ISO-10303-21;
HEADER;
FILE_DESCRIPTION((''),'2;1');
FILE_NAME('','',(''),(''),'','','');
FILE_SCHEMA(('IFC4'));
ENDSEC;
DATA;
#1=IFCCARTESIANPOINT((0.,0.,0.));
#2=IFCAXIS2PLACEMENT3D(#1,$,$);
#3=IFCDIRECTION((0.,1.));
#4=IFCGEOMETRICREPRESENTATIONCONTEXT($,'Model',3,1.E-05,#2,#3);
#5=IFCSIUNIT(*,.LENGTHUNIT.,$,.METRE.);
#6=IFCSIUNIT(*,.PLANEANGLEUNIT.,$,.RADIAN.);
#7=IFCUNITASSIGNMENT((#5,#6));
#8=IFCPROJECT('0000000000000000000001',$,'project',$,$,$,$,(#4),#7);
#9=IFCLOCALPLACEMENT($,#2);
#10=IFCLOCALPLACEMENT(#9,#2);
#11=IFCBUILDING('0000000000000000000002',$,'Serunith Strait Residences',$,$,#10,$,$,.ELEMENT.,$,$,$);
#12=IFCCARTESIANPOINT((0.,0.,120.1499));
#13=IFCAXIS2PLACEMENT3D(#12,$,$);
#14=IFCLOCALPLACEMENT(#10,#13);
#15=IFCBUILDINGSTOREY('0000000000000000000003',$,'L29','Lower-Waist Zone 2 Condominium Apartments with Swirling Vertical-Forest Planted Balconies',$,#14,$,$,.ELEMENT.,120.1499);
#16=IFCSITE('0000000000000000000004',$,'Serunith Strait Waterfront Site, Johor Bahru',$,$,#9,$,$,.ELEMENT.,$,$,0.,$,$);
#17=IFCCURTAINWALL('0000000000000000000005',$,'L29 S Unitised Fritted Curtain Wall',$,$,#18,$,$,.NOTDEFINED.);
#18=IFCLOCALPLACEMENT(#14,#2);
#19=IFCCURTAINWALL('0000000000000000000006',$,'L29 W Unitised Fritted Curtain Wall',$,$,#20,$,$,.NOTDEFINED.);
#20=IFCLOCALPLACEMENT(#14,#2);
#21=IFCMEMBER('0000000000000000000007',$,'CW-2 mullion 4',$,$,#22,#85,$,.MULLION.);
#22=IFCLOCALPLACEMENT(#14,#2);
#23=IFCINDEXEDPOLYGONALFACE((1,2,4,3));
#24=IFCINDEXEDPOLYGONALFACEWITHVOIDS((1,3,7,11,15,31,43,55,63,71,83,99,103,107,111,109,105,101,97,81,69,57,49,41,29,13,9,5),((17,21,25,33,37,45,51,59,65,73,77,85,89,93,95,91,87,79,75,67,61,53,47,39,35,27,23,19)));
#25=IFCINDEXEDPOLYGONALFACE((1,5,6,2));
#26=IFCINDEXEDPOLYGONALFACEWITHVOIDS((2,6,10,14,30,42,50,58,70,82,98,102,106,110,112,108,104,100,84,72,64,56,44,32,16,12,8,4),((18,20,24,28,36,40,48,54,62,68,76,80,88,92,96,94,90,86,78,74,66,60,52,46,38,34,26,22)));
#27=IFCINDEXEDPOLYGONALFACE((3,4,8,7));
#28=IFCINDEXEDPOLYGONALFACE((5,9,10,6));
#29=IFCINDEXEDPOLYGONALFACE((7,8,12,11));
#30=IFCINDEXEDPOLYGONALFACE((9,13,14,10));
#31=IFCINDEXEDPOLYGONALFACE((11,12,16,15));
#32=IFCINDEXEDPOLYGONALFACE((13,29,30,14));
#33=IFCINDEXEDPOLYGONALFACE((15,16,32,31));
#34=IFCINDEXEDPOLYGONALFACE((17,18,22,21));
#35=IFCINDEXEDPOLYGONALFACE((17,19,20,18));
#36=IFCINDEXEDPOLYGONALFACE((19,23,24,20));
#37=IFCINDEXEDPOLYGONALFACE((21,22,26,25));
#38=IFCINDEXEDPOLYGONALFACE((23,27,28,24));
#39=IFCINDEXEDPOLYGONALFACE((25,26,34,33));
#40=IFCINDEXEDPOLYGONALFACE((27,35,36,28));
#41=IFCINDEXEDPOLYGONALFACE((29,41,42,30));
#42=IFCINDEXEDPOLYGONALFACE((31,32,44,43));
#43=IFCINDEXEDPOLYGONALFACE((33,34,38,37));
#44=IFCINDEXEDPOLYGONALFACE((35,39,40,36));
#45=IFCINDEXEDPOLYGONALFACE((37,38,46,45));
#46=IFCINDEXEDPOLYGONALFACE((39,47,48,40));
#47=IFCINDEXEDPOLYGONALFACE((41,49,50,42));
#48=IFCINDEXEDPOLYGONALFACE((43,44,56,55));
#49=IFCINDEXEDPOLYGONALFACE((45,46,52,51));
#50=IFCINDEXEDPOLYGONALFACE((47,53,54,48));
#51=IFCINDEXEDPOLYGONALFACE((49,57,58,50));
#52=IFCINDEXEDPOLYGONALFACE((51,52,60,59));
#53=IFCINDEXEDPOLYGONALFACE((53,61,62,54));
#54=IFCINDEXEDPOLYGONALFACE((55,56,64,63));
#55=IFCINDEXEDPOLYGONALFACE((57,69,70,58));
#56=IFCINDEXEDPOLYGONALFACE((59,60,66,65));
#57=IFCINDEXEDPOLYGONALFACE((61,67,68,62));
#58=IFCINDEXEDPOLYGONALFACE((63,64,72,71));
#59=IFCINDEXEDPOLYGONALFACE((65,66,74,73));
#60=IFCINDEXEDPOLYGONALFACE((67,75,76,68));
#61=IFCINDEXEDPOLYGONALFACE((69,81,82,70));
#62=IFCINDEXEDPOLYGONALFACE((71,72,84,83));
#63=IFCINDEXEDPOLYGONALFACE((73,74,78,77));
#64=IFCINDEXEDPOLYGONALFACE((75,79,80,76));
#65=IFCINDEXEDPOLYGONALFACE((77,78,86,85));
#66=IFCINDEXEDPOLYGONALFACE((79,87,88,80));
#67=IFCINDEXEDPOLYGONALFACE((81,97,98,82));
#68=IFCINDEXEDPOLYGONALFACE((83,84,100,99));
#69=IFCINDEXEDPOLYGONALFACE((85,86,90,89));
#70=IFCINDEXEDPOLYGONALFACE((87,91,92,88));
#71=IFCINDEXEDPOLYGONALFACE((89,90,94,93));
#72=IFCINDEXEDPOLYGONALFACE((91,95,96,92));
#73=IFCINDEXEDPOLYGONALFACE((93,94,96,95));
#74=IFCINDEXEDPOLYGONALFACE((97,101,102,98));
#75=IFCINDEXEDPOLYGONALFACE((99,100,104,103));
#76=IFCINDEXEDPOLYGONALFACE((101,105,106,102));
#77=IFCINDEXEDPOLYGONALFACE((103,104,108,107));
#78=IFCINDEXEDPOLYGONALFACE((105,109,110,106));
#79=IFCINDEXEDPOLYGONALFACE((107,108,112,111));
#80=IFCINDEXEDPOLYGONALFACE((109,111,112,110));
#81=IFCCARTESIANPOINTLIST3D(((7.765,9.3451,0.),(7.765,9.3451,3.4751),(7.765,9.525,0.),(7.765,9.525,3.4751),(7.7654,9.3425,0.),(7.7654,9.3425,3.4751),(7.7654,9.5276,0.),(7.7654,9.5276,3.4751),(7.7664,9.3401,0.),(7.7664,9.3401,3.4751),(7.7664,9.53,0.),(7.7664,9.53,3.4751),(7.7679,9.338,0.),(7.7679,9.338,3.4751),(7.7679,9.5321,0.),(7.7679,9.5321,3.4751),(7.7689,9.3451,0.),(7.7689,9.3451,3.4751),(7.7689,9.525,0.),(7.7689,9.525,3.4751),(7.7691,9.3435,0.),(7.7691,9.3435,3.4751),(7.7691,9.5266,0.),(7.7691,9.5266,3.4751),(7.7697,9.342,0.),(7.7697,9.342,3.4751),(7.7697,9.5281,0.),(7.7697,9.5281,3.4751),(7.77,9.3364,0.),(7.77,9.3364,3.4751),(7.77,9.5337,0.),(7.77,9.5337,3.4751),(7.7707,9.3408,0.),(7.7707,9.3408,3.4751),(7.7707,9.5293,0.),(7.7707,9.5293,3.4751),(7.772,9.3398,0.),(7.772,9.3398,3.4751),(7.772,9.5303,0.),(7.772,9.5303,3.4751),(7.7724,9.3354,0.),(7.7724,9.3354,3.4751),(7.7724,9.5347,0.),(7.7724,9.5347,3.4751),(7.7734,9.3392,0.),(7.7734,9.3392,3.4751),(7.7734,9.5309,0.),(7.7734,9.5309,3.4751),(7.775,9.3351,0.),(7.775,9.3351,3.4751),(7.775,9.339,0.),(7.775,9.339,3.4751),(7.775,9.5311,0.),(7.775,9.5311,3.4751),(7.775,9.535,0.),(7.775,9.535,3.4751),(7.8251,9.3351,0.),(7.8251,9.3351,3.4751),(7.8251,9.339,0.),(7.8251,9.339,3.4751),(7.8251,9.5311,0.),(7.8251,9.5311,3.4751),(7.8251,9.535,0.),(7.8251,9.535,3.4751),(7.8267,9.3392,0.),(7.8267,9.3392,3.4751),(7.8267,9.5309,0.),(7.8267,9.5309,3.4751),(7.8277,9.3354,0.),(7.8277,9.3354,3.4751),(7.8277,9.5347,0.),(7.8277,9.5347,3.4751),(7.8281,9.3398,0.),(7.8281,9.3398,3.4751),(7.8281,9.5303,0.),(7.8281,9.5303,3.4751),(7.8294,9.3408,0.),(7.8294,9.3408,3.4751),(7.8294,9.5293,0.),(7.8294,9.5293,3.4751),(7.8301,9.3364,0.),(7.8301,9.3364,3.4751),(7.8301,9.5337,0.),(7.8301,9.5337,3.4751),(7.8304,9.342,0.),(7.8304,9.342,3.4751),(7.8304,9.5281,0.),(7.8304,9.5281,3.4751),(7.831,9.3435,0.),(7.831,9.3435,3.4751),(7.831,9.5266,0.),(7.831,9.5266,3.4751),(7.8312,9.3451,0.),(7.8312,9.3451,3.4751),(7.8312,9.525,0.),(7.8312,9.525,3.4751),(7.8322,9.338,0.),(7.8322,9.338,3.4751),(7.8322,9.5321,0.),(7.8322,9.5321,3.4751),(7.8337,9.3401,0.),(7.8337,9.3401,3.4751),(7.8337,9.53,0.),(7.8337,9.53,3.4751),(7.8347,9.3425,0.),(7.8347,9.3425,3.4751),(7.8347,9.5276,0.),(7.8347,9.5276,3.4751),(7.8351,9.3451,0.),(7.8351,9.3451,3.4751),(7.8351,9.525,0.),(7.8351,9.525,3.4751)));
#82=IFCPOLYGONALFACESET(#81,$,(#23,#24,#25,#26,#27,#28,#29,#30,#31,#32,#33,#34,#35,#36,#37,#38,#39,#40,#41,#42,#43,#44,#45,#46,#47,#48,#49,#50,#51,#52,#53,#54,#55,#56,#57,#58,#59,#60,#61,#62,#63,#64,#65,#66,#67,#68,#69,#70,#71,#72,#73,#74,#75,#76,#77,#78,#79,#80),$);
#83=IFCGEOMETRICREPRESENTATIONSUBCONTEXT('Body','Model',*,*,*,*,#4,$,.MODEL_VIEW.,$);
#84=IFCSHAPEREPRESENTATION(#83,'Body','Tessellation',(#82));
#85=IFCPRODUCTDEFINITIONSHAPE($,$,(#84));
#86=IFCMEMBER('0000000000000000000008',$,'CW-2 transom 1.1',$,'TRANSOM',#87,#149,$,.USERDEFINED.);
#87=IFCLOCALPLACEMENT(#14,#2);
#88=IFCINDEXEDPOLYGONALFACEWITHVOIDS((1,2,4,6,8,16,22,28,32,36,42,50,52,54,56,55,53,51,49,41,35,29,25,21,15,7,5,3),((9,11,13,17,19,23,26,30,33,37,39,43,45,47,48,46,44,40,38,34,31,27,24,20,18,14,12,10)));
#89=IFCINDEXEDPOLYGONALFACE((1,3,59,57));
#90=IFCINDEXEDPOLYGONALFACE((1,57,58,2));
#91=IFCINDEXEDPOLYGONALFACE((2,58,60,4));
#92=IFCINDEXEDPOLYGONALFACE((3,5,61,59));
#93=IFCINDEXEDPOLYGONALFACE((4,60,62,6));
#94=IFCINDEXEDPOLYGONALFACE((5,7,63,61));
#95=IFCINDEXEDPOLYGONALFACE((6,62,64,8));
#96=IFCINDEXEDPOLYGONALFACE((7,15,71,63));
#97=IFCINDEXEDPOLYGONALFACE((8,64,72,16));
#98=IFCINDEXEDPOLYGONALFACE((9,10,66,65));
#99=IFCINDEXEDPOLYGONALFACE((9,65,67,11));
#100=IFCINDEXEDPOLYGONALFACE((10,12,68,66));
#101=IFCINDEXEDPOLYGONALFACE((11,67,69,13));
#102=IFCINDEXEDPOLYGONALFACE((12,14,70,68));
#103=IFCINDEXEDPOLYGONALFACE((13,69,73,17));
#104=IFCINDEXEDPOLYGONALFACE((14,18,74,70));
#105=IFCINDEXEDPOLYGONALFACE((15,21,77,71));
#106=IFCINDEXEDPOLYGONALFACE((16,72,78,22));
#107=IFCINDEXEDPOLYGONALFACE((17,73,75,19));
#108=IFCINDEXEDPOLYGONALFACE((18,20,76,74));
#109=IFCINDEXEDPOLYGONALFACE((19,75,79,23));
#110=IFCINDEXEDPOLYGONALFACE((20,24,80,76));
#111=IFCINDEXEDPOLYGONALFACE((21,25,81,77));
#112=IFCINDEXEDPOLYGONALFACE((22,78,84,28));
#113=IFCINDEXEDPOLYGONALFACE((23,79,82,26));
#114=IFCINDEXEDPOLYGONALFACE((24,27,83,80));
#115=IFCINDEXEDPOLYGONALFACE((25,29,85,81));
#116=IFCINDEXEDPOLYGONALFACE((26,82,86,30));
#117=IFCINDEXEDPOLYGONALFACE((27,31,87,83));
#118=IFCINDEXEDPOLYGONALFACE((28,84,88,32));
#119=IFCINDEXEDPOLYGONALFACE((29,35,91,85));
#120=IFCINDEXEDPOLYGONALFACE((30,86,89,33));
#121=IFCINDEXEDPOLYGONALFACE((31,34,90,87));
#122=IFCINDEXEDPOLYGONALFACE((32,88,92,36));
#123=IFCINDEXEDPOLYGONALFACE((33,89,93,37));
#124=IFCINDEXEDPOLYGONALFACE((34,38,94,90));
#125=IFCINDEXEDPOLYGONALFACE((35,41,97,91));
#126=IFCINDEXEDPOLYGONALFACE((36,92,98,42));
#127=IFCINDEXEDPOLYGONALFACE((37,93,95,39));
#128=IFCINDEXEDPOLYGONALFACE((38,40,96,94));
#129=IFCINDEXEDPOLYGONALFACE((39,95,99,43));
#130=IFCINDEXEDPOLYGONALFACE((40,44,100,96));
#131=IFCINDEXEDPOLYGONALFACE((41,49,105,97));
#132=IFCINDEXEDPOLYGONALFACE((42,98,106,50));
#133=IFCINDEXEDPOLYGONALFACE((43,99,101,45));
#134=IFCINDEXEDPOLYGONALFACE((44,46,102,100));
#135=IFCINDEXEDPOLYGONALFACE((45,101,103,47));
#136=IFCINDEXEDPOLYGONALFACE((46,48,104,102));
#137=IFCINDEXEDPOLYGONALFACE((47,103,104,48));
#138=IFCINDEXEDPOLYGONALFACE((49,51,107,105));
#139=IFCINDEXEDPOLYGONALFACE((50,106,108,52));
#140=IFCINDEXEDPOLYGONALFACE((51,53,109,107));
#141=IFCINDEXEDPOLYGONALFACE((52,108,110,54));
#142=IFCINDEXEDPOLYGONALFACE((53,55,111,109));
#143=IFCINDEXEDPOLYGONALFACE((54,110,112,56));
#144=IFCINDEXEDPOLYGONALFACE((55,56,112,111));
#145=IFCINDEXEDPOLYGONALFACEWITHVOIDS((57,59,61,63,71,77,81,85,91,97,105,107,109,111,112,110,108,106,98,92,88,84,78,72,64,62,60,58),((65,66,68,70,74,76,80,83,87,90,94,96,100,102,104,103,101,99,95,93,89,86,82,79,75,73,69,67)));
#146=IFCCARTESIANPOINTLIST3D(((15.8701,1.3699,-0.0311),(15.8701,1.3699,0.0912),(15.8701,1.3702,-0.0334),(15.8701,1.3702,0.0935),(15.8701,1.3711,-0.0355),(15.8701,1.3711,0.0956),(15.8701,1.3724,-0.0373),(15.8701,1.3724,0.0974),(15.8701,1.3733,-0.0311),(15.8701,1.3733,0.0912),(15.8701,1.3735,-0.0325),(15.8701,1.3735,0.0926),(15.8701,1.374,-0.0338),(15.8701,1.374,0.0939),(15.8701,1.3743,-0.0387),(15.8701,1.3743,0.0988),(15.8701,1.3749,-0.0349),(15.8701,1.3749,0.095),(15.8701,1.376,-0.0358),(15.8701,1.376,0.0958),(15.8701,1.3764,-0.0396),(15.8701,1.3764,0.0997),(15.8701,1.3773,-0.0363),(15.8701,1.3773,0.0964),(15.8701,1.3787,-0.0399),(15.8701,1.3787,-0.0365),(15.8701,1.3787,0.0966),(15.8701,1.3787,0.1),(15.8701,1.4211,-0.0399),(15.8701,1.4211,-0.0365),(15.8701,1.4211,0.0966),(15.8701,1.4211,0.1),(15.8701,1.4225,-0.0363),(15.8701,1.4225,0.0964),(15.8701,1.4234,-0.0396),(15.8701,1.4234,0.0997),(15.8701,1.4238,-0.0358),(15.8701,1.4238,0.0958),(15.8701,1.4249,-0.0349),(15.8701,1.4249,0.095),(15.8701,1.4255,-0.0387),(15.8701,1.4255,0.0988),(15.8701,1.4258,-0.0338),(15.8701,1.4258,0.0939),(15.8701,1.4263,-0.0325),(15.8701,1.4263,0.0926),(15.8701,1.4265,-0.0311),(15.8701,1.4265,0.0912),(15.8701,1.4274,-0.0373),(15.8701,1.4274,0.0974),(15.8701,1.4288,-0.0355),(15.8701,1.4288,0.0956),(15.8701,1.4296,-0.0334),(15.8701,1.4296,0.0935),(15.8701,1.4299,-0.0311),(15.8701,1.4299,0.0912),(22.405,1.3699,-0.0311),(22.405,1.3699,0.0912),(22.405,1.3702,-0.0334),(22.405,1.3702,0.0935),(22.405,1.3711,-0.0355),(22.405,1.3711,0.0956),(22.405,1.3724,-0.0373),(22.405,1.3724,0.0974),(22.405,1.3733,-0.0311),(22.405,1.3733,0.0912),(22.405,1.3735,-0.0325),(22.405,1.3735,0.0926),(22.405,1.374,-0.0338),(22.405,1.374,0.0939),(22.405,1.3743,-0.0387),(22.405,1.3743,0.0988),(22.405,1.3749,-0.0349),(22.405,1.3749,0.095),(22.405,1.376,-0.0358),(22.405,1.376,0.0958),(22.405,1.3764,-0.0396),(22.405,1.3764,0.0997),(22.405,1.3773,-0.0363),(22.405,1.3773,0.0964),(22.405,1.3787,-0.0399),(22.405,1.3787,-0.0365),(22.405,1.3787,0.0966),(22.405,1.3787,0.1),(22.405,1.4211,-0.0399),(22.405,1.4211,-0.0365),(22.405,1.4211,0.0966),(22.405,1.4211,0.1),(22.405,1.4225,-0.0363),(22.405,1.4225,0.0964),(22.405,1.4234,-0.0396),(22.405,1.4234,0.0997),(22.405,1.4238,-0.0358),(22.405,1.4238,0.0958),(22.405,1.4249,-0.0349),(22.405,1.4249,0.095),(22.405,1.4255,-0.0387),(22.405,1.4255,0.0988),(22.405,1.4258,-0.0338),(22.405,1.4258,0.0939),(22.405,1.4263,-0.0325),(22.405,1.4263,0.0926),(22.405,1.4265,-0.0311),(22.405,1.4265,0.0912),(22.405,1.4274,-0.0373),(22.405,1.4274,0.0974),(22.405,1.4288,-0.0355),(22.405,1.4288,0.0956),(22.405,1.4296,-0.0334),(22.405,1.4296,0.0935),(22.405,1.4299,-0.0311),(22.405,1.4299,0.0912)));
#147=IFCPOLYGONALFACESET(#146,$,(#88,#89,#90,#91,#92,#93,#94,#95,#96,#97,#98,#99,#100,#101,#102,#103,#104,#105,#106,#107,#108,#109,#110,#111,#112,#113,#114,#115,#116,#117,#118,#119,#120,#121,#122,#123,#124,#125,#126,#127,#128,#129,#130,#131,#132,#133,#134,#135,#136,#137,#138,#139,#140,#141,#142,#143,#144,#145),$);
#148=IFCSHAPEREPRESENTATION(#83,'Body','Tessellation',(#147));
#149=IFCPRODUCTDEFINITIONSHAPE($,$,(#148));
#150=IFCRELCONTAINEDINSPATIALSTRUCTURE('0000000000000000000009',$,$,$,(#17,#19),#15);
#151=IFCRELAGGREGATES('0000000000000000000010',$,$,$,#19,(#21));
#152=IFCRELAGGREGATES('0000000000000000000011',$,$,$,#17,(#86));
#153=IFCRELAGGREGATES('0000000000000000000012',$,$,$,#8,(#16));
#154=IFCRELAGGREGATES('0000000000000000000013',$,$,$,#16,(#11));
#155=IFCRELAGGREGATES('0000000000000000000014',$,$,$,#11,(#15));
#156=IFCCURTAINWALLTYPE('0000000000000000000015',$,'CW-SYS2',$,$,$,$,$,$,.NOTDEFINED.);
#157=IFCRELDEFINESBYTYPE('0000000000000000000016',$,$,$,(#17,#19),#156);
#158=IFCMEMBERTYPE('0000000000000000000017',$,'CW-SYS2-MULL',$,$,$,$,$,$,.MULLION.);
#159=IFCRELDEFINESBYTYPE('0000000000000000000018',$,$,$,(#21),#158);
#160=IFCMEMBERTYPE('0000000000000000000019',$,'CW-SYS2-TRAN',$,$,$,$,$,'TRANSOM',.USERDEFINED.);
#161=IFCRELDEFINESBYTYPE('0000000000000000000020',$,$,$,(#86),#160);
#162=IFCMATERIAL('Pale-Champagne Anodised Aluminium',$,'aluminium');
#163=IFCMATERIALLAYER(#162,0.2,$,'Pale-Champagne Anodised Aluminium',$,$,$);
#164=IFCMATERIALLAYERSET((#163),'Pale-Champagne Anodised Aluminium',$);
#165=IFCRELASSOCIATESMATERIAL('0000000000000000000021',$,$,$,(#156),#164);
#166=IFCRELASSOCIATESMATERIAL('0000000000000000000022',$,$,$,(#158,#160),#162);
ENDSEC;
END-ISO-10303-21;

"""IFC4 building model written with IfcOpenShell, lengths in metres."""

from ifc_helpers import new_model, si_unit, direction, frame, origin, origin_2d, place, context, subcontext, project, spatial, hollow_rectangle, extrude, source, transform, mapped, material, layer, layer_set, material_profile, profile_set, type_object, element, aggregate, save


model = new_model("IFC4")

# Units and contexts
model_context = context("Model", 3, precision=1e-05, world=origin(), true_north=direction((0.0, 1.0)))
body_context = subcontext(model_context, "Body", "Model", "MODEL_VIEW")
ifc_project = project(units=[si_unit("LENGTHUNIT", "METRE"), si_unit("PLANEANGLEUNIT", "RADIAN")], contexts=[model_context])

# Site, building, storey
site_placement = place(None, origin())
site = spatial("IfcSite", under=ifc_project, at=site_placement, Name="Serunith Strait Waterfront Site, Johor Bahru", CompositionType="ELEMENT", RefElevation=0.0)
building_placement = place(site_placement, origin())
building = spatial("IfcBuilding", under=site, at=building_placement, Name="Serunith Strait Residences", CompositionType="ELEMENT")
storey_placement = place(building_placement, frame((0.0, 0.0, 120.1499)))
storey = spatial("IfcBuildingStorey", under=building, at=storey_placement, Name="L29", Description="Lower-Waist Zone 2 Condominium Apartments with Swirling Vertical-Forest Planted Balconies", CompositionType="ELEMENT", Elevation=120.1499)

# Curtain walls, member
ifc_material_1 = material(Name="Pale-Champagne Anodised Aluminium", Category="aluminium")
ifc_layer_1 = layer(ifc_material_1, 0.2, Name="Pale-Champagne Anodised Aluminium")
ifc_layer_set_1 = layer_set([ifc_layer_1], Name="Pale-Champagne Anodised Aluminium")
curtain_wall_type = type_object("IfcCurtainWallType", Name="CW-SYS2", PredefinedType="NOTDEFINED", material=ifc_layer_set_1)
curtain_wall_1_placement = place(storey_placement, origin())
curtain_wall_1 = element("IfcCurtainWall", 1, at=curtain_wall_1_placement, inside=storey, type_object=curtain_wall_type, Name="L29 S Unitised Fritted Curtain Wall", PredefinedType="NOTDEFINED")
ifc_material_profile_1 = material_profile(ifc_material_1, hollow_rectangle(XDim=0.0701, YDim=0.2, WallThickness=0.0039, InnerFilletRadius=0.0061, OuterFilletRadius=0.01, at=origin_2d()), Name="ALU 200x70x4")
ifc_profile_set_1 = profile_set([ifc_material_profile_1], Name="Pale-Champagne Anodised Aluminium")
member_type_1 = type_object("IfcMemberType", Name="CW-SYS2-MULL", PredefinedType="MULLION", material=ifc_profile_set_1)
shared_shape_1 = source(origin(), body_context, "Body", "SweptSolid", [
    extrude(hollow_rectangle(XDim=0.0701, YDim=0.2, WallThickness=0.0039, InnerFilletRadius=0.0061, OuterFilletRadius=0.01, at=origin_2d()), origin(), (0.0, 0.0, 1.0), 3.4751),
])
curtain_wall_2_placement = place(storey_placement, origin())
curtain_wall_2 = element("IfcCurtainWall", 2, at=curtain_wall_2_placement, inside=storey, type_object=curtain_wall_type, Name="L29 W Unitised Fritted Curtain Wall", PredefinedType="NOTDEFINED")
member_1_placement = place(storey_placement, frame((7.8, 9.4351, 0.0), z_axis=(0.0, 0.0, 1.0), x_axis=(1.0, 0.0, 0.0)))
member_1 = element("IfcMember", 3, at=member_1_placement, type_object=member_type_1, Name="CW-2 mullion 4", PredefinedType="MULLION", context=body_context, shape_type="MappedRepresentation", body=[
    mapped(shared_shape_1, transform((0.0, 0.0, 0.0), scale=1.0)),
])
aggregate(curtain_wall_2, [member_1])

# Member
ifc_material_profile_2 = material_profile(ifc_material_1, hollow_rectangle(XDim=0.0601, YDim=0.1399, WallThickness=0.0034, InnerFilletRadius=0.0054, OuterFilletRadius=0.0088, at=origin_2d()), Name="ALU 140x60x3.5")
ifc_profile_set_2 = profile_set([ifc_material_profile_2], Name="Pale-Champagne Anodised Aluminium")
member_type_2 = type_object("IfcMemberType", Name="CW-SYS2-TRAN", ElementType="TRANSOM", PredefinedType="USERDEFINED", material=ifc_profile_set_2)
shared_shape_2 = source(origin(), body_context, "Body", "SweptSolid", [
    extrude(hollow_rectangle(XDim=0.0601, YDim=0.1399, WallThickness=0.0034, InnerFilletRadius=0.0054, OuterFilletRadius=0.0088, at=origin_2d()), origin(), (0.0, 0.0, 1.0), 6.5349),
])
member_2_placement = place(storey_placement, frame((15.8701, 1.3999, 0.03), z_axis=(1.0, 0.0, 0.0), x_axis=(0.0, 1.0, 0.0)))
member_2 = element("IfcMember", 4, at=member_2_placement, type_object=member_type_2, Name="CW-2 transom 1.1", ObjectType="TRANSOM", PredefinedType="USERDEFINED", context=body_context, shape_type="MappedRepresentation", body=[
    mapped(shared_shape_2, transform((0.0, 0.0, 0.0), scale=1.0)),
])
aggregate(curtain_wall_1, [member_2])

save(model, "model.ifc")
